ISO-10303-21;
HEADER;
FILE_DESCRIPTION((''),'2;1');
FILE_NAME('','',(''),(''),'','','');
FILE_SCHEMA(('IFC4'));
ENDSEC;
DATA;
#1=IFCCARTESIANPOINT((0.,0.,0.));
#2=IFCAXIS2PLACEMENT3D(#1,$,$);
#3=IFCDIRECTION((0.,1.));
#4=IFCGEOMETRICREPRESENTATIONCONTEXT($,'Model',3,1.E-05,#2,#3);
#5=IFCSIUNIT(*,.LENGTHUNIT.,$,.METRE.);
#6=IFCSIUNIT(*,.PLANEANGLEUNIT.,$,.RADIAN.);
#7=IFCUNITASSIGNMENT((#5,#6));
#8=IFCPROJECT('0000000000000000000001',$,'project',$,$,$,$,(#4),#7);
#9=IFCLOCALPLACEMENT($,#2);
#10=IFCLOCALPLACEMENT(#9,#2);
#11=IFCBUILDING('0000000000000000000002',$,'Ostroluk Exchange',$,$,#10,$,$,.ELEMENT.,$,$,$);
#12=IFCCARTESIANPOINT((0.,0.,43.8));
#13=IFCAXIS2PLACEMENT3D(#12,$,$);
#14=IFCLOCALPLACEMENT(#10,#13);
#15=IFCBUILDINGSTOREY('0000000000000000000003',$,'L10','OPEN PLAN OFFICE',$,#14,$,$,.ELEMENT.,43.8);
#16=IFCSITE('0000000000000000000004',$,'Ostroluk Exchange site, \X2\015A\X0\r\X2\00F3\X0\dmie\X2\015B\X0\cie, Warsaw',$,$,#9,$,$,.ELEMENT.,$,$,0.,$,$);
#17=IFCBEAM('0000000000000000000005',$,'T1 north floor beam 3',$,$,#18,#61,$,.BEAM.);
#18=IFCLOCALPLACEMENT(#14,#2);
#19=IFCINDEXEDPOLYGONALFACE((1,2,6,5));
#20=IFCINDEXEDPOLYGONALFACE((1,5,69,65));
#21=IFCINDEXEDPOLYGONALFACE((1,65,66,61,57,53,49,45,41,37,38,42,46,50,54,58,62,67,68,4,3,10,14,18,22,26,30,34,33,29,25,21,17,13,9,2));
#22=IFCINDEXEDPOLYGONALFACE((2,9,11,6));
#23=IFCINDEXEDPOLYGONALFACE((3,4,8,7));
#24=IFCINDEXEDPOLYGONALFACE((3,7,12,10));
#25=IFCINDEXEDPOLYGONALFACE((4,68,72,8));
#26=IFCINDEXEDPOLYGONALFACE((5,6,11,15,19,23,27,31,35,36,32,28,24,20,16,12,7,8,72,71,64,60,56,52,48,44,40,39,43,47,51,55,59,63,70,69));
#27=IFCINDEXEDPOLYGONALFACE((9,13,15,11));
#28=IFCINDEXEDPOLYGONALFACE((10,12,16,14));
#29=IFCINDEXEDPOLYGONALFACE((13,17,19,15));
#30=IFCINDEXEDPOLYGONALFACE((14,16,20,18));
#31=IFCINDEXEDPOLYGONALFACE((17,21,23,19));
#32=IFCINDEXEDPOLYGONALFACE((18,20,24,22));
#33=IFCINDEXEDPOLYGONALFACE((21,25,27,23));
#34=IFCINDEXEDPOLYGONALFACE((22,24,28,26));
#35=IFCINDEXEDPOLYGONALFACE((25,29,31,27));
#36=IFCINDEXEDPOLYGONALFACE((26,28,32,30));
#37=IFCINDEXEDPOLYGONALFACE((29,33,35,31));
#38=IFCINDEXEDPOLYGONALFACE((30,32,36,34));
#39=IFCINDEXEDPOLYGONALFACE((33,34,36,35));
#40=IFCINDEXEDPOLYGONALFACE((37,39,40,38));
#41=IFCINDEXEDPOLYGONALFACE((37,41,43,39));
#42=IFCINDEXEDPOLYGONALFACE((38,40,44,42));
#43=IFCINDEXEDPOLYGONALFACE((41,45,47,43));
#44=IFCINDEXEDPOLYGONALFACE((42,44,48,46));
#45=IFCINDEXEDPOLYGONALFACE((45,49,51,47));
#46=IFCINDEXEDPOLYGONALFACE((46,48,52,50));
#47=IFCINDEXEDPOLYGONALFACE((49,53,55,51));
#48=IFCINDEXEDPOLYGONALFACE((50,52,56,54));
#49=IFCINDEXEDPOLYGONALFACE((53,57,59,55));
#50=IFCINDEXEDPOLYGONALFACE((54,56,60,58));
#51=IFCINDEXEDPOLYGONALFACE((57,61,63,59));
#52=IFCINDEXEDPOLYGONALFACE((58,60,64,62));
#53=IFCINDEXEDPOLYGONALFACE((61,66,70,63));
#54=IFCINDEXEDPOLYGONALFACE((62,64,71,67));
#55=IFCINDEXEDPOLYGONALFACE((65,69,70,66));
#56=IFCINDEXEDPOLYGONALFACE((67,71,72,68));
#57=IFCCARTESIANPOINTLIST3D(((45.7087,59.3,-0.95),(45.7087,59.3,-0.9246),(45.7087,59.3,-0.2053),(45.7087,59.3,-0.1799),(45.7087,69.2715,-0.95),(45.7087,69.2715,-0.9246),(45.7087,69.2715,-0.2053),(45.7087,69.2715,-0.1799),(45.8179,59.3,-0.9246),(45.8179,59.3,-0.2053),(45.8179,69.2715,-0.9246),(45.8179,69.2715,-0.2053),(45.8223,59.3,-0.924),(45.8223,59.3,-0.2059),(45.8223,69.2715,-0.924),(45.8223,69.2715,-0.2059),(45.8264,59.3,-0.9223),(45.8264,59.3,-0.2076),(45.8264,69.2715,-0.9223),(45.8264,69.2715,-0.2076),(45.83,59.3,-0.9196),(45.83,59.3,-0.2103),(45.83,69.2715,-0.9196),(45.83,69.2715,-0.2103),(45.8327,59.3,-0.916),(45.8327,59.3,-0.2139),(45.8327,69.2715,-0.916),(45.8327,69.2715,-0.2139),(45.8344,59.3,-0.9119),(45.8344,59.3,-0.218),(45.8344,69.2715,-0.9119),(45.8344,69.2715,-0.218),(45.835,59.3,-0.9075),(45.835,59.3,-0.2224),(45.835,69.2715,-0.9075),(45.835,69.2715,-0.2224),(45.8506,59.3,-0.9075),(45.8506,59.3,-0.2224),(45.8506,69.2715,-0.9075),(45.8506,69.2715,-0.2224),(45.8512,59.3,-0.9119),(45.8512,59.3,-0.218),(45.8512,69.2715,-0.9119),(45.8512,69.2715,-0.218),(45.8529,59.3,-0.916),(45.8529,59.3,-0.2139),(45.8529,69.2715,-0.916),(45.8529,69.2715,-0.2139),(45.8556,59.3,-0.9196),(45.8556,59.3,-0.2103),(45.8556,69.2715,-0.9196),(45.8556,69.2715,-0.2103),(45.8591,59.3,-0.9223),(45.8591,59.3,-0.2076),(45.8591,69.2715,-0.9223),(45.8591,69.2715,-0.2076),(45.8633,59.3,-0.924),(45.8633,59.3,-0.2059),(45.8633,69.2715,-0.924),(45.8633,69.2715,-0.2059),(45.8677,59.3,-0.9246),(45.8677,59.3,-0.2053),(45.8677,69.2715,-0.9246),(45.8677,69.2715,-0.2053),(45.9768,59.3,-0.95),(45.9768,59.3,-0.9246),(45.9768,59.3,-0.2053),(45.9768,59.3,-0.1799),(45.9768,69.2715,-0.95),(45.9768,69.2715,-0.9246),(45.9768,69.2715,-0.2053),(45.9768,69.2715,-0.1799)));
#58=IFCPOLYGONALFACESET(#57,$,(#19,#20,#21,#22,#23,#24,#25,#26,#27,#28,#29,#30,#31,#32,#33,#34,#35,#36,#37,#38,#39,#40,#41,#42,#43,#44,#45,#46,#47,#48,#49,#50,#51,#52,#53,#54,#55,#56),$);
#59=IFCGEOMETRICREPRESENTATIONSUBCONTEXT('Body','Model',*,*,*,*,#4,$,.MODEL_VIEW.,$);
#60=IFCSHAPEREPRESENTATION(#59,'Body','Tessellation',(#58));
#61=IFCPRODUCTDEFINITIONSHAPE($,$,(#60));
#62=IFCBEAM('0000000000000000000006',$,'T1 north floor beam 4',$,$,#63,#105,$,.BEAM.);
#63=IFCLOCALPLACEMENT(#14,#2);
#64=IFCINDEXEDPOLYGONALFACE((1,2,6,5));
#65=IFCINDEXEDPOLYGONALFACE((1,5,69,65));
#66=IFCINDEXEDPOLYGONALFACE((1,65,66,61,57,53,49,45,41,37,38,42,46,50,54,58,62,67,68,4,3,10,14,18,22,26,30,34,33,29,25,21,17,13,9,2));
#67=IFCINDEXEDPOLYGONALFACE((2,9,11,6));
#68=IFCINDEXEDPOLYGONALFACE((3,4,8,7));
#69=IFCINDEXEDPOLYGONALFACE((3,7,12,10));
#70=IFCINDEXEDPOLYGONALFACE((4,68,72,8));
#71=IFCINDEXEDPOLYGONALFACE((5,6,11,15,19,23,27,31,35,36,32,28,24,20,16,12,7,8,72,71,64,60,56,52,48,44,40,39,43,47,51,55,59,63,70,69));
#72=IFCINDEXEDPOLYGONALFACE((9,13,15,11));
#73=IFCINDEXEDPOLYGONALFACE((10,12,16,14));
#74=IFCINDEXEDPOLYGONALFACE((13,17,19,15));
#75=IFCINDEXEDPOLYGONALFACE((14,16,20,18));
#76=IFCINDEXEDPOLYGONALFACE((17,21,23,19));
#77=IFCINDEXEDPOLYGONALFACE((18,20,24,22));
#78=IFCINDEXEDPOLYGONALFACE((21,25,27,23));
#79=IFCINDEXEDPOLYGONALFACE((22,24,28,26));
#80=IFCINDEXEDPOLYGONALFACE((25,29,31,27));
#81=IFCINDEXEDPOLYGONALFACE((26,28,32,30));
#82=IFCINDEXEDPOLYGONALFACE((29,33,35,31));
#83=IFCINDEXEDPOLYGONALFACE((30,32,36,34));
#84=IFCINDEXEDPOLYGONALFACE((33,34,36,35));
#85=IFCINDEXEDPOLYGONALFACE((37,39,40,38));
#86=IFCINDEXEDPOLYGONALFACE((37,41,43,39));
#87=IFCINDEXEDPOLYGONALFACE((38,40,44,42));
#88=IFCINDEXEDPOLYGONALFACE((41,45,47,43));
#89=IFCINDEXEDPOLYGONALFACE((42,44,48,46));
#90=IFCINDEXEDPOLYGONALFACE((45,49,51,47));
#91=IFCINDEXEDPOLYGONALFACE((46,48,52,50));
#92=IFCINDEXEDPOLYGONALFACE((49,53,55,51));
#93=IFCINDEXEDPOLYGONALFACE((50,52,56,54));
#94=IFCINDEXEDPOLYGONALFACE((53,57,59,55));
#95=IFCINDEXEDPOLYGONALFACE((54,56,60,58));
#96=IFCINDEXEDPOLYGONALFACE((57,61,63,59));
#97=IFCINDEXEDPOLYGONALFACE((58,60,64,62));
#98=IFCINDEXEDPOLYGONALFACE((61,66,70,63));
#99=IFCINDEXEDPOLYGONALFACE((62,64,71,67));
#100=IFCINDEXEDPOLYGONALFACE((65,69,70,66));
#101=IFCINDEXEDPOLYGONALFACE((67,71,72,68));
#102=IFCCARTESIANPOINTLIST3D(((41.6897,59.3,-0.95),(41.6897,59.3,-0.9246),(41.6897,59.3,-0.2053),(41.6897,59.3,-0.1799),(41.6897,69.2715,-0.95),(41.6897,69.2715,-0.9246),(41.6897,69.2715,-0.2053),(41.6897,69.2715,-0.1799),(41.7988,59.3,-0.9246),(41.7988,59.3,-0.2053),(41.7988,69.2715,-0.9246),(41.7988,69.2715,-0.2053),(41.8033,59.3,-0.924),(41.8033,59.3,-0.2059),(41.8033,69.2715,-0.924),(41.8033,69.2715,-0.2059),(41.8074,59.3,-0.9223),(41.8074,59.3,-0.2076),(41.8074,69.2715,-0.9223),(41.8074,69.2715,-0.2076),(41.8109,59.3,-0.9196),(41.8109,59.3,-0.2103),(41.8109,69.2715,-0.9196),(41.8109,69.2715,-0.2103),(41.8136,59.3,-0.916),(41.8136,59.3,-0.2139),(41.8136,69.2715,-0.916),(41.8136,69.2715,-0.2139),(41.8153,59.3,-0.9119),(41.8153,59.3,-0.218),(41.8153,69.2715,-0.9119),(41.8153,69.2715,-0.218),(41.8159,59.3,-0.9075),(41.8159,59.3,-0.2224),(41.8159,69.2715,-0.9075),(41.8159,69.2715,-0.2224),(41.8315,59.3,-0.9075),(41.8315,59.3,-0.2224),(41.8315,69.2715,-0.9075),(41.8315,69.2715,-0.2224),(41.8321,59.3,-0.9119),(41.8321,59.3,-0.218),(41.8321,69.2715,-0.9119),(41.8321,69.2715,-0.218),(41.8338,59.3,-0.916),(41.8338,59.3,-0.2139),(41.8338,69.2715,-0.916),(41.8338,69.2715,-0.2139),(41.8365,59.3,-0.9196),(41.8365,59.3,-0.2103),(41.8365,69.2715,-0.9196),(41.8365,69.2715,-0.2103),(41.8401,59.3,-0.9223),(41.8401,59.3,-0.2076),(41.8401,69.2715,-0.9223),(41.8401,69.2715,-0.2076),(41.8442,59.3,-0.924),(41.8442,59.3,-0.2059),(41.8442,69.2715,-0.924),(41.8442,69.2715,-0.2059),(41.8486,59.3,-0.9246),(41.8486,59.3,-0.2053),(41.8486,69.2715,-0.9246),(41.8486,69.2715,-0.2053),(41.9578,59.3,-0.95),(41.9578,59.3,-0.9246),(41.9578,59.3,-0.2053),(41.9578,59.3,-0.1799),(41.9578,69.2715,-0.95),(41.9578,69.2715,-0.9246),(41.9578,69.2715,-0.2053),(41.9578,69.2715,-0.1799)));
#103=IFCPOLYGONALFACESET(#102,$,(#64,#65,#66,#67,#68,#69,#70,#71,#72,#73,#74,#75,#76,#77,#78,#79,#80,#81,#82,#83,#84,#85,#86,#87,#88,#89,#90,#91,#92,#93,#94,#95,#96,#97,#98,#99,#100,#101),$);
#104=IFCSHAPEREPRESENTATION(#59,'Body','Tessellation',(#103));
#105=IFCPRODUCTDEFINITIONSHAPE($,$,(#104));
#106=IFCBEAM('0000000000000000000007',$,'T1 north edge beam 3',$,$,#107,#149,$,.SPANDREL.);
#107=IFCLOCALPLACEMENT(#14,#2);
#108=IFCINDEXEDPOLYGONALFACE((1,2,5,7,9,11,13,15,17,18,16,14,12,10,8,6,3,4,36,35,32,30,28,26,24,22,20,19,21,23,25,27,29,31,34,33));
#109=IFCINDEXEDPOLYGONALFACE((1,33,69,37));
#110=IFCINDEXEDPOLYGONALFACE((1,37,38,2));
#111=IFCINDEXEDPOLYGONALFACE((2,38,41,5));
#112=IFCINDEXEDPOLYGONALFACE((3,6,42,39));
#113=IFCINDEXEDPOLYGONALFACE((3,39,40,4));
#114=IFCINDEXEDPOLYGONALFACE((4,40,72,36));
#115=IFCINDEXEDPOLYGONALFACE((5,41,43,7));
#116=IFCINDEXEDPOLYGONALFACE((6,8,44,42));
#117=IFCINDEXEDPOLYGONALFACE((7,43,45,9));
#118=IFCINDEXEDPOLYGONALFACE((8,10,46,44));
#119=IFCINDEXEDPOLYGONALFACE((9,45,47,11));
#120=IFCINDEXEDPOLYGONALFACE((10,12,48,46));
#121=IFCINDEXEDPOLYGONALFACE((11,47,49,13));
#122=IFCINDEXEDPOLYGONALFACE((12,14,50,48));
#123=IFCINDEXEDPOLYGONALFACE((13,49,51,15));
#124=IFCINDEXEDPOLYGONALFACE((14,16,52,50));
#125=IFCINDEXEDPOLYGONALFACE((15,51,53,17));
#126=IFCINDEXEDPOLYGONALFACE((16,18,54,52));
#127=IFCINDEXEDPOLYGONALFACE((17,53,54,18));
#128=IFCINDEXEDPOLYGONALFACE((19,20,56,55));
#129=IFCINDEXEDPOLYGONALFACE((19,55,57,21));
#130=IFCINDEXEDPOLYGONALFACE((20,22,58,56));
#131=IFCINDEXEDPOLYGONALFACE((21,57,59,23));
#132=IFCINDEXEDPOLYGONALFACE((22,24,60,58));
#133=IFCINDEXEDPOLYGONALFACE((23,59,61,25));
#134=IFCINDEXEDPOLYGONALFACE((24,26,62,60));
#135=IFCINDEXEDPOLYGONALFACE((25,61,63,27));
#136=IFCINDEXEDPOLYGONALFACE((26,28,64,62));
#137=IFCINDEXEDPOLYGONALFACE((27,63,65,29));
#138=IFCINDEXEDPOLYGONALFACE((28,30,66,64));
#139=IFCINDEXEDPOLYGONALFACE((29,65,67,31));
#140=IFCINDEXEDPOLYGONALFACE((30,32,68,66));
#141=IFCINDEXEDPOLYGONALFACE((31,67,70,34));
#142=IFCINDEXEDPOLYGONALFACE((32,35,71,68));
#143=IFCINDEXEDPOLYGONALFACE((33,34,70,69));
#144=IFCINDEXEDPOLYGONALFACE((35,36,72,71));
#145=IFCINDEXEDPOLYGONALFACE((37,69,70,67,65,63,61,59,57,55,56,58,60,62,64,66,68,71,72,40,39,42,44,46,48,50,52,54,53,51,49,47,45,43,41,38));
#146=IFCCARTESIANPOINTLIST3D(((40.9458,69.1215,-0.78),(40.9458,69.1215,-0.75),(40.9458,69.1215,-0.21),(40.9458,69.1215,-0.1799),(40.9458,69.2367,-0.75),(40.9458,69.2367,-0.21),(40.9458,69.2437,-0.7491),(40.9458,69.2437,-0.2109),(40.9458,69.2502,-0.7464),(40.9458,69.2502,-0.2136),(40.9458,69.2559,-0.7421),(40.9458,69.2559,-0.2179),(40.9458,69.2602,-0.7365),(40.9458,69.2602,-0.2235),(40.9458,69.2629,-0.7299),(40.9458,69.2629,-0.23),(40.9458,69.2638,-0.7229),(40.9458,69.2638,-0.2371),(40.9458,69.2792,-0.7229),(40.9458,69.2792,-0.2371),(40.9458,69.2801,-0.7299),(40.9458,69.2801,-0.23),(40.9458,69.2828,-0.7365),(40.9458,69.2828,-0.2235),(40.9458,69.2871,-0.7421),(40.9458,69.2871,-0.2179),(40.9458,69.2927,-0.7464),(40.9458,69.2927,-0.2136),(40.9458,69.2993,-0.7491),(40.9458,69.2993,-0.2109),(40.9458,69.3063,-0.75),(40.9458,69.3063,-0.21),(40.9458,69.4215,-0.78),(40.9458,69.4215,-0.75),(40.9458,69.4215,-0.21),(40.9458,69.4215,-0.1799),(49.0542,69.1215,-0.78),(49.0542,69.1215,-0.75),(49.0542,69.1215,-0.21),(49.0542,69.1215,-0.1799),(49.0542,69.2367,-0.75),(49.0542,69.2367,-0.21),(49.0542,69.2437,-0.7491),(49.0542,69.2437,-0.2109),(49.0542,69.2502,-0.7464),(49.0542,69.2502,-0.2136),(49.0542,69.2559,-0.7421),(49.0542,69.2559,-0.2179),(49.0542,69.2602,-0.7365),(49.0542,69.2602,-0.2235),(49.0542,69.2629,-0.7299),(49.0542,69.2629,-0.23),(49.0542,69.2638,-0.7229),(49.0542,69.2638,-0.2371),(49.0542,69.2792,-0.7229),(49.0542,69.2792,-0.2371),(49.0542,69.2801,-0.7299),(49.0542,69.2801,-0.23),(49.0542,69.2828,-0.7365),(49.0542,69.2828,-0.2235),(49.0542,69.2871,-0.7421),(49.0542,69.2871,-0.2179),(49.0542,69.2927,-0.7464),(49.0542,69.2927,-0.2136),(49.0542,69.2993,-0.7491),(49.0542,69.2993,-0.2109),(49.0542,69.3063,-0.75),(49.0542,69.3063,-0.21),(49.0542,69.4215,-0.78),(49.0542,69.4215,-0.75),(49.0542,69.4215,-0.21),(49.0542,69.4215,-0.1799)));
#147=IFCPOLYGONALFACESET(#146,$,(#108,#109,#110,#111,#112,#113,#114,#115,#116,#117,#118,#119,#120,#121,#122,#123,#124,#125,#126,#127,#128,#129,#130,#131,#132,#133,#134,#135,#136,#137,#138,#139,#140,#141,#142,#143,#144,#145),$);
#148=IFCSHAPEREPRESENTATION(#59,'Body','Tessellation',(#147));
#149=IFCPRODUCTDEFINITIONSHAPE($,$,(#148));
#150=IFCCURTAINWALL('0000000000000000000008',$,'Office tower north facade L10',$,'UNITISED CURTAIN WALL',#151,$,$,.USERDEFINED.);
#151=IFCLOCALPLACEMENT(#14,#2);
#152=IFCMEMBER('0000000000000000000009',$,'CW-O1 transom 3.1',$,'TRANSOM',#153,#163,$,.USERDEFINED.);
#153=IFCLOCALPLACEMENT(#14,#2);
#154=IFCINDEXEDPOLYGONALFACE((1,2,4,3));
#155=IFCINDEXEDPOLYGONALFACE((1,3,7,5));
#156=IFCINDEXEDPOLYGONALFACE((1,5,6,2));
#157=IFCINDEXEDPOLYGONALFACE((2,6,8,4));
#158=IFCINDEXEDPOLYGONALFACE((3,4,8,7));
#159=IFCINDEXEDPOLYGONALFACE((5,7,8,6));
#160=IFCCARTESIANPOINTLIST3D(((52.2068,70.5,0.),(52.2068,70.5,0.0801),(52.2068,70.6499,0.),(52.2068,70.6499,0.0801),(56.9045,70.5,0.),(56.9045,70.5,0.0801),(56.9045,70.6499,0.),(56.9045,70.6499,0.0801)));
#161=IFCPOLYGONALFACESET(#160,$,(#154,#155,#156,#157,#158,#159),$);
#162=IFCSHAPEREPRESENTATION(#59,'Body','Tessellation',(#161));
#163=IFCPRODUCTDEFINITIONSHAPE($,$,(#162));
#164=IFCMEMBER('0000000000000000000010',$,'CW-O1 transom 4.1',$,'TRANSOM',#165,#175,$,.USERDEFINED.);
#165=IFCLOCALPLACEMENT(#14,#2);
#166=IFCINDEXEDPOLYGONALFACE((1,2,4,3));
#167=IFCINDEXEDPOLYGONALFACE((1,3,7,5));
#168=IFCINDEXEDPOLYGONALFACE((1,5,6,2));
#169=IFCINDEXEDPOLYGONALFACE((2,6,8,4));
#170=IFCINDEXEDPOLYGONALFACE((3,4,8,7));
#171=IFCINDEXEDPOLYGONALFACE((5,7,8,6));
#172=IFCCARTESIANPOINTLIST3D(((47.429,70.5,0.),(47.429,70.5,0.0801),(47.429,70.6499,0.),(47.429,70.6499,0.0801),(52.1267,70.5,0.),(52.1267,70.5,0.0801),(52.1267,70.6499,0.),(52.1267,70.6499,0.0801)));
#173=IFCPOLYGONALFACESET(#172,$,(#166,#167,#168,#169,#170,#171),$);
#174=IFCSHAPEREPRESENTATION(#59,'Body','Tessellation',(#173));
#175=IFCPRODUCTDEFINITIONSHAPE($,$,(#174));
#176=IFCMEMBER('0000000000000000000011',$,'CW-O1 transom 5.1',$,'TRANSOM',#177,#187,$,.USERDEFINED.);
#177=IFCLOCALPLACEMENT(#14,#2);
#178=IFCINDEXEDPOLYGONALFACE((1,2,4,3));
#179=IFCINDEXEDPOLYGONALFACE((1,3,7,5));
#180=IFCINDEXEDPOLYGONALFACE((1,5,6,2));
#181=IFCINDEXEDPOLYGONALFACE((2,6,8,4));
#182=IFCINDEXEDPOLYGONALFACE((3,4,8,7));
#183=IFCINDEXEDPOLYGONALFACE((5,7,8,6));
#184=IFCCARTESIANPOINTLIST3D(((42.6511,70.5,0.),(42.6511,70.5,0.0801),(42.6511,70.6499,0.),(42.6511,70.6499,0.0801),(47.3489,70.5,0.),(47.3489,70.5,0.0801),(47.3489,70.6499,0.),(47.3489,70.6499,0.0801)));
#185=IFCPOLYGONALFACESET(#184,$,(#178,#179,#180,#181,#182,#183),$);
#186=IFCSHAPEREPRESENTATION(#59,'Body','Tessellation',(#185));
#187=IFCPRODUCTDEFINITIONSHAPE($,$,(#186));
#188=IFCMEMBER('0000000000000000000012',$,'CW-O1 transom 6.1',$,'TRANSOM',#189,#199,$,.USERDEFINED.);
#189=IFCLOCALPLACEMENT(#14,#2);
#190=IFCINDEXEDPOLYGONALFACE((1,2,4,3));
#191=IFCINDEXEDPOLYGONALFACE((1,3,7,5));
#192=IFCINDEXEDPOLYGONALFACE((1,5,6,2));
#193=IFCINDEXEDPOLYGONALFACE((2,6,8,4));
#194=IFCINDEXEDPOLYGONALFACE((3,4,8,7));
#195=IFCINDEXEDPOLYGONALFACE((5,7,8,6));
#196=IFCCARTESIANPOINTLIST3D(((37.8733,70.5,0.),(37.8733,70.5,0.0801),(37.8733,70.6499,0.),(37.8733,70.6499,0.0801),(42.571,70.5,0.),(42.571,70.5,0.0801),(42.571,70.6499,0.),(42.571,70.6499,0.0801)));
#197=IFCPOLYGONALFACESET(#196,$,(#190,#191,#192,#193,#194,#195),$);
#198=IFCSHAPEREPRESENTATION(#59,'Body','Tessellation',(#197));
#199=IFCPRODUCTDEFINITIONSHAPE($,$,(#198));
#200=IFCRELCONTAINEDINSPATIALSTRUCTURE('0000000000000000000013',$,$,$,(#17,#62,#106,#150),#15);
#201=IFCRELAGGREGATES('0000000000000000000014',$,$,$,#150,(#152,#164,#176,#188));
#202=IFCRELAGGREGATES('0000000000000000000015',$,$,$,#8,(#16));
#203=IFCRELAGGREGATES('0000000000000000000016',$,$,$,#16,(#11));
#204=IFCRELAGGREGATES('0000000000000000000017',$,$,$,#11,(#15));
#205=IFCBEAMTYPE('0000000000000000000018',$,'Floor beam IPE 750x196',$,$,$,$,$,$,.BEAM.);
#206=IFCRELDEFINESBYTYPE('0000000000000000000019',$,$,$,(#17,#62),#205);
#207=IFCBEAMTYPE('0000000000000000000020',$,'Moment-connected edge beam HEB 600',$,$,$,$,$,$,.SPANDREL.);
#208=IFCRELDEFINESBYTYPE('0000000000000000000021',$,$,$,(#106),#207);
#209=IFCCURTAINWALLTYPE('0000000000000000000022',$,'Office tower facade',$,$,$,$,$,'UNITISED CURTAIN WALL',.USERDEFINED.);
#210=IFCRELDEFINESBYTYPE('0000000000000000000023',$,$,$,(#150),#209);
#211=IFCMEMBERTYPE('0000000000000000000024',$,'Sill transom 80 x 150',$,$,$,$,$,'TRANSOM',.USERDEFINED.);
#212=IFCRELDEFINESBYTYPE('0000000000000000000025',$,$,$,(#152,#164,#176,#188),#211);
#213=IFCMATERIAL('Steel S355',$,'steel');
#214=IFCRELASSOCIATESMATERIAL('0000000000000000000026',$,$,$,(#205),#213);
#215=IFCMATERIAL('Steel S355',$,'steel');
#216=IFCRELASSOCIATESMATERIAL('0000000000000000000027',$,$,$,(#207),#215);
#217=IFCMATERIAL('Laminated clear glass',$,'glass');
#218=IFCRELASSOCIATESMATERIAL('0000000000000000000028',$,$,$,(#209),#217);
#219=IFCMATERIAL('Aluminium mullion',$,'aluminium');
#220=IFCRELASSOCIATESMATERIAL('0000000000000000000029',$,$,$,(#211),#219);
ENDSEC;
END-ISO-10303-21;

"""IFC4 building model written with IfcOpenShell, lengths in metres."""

from ifc_helpers import new_model, si_unit, direction, frame, origin, origin_2d, place, context, subcontext, project, spatial, rectangle, i_section, extrude, material, material_profile, profile_set, type_object, element, aggregate, save


model = new_model("IFC4")

# Units and contexts
model_context = context("Model", 3, precision=1e-05, world=origin(), true_north=direction((0.0, 1.0)))
body_context = subcontext(model_context, "Body", "Model", "MODEL_VIEW")
ifc_project = project(units=[si_unit("LENGTHUNIT", "METRE"), si_unit("PLANEANGLEUNIT", "RADIAN")], contexts=[model_context])

# Site, building, storey
site_placement = place(None, origin())
site = spatial("IfcSite", under=ifc_project, at=site_placement, Name="Ostroluk Exchange site, Śródmieście, Warsaw", CompositionType="ELEMENT", RefElevation=0.0)
building_placement = place(site_placement, origin())
building = spatial("IfcBuilding", under=site, at=building_placement, Name="Ostroluk Exchange", CompositionType="ELEMENT")
storey_placement = place(building_placement, frame((0.0, 0.0, 43.8)))
storey = spatial("IfcBuildingStorey", under=building, at=storey_placement, Name="L10", Description="OPEN PLAN OFFICE", CompositionType="ELEMENT", Elevation=43.8)

# Beams
ifc_material_1 = material(Name="Steel S355", Category="steel")
ifc_material_profile_1 = material_profile(ifc_material_1, i_section(OverallWidth=0.2681, OverallDepth=0.77, WebThickness=0.0156, FlangeThickness=0.0254, FilletRadius=0.0171, at=origin_2d()), Name="IPE 750x196")
ifc_profile_set_1 = profile_set([ifc_material_profile_1], Name="Steel S355")
beam_type_1 = type_object("IfcBeamType", Name="Floor beam IPE 750x196", PredefinedType="BEAM", material=ifc_profile_set_1)
for number, where, z_axis, x_axis, name in (
    (1, (45.8428, 59.3, -0.5649), (0.0, 1.0, 0.0), (-1.0, 0.0, 0.0), "T1 north floor beam 3"),
    (2, (41.8237, 59.3, -0.5649), (0.0, 1.0, 0.0), (-1.0, 0.0, 0.0), "T1 north floor beam 4"),
):
    element("IfcBeam", number, at=place(storey_placement, frame(where, z_axis=z_axis, x_axis=x_axis)), inside=storey, type_object=beam_type_1, Name=name, PredefinedType="BEAM", context=body_context, shape_type="SweptSolid", body=[
        extrude(i_section(OverallWidth=0.2681, OverallDepth=0.77, WebThickness=0.0156, FlangeThickness=0.0254, FilletRadius=0.0171, at=origin_2d()), origin(), (0.0, 0.0, 1.0), 9.9714),
    ])
ifc_material_2 = material(Name="Steel S355", Category="steel")
ifc_material_profile_2 = material_profile(ifc_material_2, i_section(OverallWidth=0.3, OverallDepth=0.6001, WebThickness=0.0154, FlangeThickness=0.03, FilletRadius=0.0271, at=origin_2d()), Name="HEB 600")
ifc_profile_set_2 = profile_set([ifc_material_profile_2], Name="Steel S355")
beam_type_2 = type_object("IfcBeamType", Name="Moment-connected edge beam HEB 600", PredefinedType="SPANDREL", material=ifc_profile_set_2)
beam_placement = place(storey_placement, frame((49.0542, 69.2715, -0.48), z_axis=(-1.0, 0.0, 0.0), x_axis=(0.0, -1.0, 0.0)))
element("IfcBeam", 3, at=beam_placement, inside=storey, type_object=beam_type_2, Name="T1 north edge beam 3", PredefinedType="SPANDREL", context=body_context, shape_type="SweptSolid", body=[
    extrude(i_section(OverallWidth=0.3, OverallDepth=0.6001, WebThickness=0.0154, FlangeThickness=0.03, FilletRadius=0.0271, at=origin_2d()), origin(), (0.0, 0.0, 1.0), 8.1084),
])

# Curtain wall, members
ifc_material_3 = material(Name="Laminated clear glass", Category="glass")
curtain_wall_type = type_object("IfcCurtainWallType", Name="Office tower facade", ElementType="UNITISED CURTAIN WALL", PredefinedType="USERDEFINED", material=ifc_material_3)
curtain_wall_placement = place(storey_placement, origin())
curtain_wall = element("IfcCurtainWall", 4, at=curtain_wall_placement, inside=storey, type_object=curtain_wall_type, Name="Office tower north facade L10", ObjectType="UNITISED CURTAIN WALL", PredefinedType="USERDEFINED")
ifc_material_4 = material(Name="Aluminium mullion", Category="aluminium")
ifc_material_profile_3 = material_profile(ifc_material_4, rectangle(XDim=0.1499, YDim=0.0801, at=origin_2d()), Name="Sill transom 80 x 150")
ifc_profile_set_3 = profile_set([ifc_material_profile_3], Name="Aluminium mullion")
member_type_1 = type_object("IfcMemberType", Name="Sill transom 80 x 150", ElementType="TRANSOM", PredefinedType="USERDEFINED", material=ifc_profile_set_3)
member_1_placement = place(storey_placement, frame((56.9045, 70.575, 0.04), z_axis=(-1.0, 0.0, 0.0), x_axis=(0.0, -1.0, 0.0)))
member_1 = element("IfcMember", 5, at=member_1_placement, type_object=member_type_1, Name="CW-O1 transom 3.1", ObjectType="TRANSOM", PredefinedType="USERDEFINED", context=body_context, shape_type="SweptSolid", body=[
    extrude(rectangle(XDim=0.1499, YDim=0.0801, at=origin_2d()), origin(), (0.0, 0.0, 1.0), 4.6978),
])
member_2_placement = place(storey_placement, frame((52.1267, 70.575, 0.04), z_axis=(-1.0, 0.0, 0.0), x_axis=(0.0, -1.0, 0.0)))
member_2 = element("IfcMember", 6, at=member_2_placement, type_object=member_type_1, Name="CW-O1 transom 4.1", ObjectType="TRANSOM", PredefinedType="USERDEFINED", context=body_context, shape_type="SweptSolid", body=[
    extrude(rectangle(XDim=0.1499, YDim=0.0801, at=origin_2d()), origin(), (0.0, 0.0, 1.0), 4.6978),
])
member_3_placement = place(storey_placement, frame((47.3489, 70.575, 0.04), z_axis=(-1.0, 0.0, 0.0), x_axis=(0.0, -1.0, 0.0)))
member_3 = element("IfcMember", 7, at=member_3_placement, type_object=member_type_1, Name="CW-O1 transom 5.1", ObjectType="TRANSOM", PredefinedType="USERDEFINED", context=body_context, shape_type="SweptSolid", body=[
    extrude(rectangle(XDim=0.1499, YDim=0.0801, at=origin_2d()), origin(), (0.0, 0.0, 1.0), 4.6978),
])
member_4_placement = place(storey_placement, frame((42.571, 70.575, 0.04), z_axis=(-1.0, 0.0, 0.0), x_axis=(0.0, -1.0, 0.0)))
member_4 = element("IfcMember", 8, at=member_4_placement, type_object=member_type_1, Name="CW-O1 transom 6.1", ObjectType="TRANSOM", PredefinedType="USERDEFINED", context=body_context, shape_type="SweptSolid", body=[
    extrude(rectangle(XDim=0.1499, YDim=0.0801, at=origin_2d()), origin(), (0.0, 0.0, 1.0), 4.6978),
])
aggregate(curtain_wall, [member_1, member_2, member_3, member_4])

save(model, "model.ifc")
